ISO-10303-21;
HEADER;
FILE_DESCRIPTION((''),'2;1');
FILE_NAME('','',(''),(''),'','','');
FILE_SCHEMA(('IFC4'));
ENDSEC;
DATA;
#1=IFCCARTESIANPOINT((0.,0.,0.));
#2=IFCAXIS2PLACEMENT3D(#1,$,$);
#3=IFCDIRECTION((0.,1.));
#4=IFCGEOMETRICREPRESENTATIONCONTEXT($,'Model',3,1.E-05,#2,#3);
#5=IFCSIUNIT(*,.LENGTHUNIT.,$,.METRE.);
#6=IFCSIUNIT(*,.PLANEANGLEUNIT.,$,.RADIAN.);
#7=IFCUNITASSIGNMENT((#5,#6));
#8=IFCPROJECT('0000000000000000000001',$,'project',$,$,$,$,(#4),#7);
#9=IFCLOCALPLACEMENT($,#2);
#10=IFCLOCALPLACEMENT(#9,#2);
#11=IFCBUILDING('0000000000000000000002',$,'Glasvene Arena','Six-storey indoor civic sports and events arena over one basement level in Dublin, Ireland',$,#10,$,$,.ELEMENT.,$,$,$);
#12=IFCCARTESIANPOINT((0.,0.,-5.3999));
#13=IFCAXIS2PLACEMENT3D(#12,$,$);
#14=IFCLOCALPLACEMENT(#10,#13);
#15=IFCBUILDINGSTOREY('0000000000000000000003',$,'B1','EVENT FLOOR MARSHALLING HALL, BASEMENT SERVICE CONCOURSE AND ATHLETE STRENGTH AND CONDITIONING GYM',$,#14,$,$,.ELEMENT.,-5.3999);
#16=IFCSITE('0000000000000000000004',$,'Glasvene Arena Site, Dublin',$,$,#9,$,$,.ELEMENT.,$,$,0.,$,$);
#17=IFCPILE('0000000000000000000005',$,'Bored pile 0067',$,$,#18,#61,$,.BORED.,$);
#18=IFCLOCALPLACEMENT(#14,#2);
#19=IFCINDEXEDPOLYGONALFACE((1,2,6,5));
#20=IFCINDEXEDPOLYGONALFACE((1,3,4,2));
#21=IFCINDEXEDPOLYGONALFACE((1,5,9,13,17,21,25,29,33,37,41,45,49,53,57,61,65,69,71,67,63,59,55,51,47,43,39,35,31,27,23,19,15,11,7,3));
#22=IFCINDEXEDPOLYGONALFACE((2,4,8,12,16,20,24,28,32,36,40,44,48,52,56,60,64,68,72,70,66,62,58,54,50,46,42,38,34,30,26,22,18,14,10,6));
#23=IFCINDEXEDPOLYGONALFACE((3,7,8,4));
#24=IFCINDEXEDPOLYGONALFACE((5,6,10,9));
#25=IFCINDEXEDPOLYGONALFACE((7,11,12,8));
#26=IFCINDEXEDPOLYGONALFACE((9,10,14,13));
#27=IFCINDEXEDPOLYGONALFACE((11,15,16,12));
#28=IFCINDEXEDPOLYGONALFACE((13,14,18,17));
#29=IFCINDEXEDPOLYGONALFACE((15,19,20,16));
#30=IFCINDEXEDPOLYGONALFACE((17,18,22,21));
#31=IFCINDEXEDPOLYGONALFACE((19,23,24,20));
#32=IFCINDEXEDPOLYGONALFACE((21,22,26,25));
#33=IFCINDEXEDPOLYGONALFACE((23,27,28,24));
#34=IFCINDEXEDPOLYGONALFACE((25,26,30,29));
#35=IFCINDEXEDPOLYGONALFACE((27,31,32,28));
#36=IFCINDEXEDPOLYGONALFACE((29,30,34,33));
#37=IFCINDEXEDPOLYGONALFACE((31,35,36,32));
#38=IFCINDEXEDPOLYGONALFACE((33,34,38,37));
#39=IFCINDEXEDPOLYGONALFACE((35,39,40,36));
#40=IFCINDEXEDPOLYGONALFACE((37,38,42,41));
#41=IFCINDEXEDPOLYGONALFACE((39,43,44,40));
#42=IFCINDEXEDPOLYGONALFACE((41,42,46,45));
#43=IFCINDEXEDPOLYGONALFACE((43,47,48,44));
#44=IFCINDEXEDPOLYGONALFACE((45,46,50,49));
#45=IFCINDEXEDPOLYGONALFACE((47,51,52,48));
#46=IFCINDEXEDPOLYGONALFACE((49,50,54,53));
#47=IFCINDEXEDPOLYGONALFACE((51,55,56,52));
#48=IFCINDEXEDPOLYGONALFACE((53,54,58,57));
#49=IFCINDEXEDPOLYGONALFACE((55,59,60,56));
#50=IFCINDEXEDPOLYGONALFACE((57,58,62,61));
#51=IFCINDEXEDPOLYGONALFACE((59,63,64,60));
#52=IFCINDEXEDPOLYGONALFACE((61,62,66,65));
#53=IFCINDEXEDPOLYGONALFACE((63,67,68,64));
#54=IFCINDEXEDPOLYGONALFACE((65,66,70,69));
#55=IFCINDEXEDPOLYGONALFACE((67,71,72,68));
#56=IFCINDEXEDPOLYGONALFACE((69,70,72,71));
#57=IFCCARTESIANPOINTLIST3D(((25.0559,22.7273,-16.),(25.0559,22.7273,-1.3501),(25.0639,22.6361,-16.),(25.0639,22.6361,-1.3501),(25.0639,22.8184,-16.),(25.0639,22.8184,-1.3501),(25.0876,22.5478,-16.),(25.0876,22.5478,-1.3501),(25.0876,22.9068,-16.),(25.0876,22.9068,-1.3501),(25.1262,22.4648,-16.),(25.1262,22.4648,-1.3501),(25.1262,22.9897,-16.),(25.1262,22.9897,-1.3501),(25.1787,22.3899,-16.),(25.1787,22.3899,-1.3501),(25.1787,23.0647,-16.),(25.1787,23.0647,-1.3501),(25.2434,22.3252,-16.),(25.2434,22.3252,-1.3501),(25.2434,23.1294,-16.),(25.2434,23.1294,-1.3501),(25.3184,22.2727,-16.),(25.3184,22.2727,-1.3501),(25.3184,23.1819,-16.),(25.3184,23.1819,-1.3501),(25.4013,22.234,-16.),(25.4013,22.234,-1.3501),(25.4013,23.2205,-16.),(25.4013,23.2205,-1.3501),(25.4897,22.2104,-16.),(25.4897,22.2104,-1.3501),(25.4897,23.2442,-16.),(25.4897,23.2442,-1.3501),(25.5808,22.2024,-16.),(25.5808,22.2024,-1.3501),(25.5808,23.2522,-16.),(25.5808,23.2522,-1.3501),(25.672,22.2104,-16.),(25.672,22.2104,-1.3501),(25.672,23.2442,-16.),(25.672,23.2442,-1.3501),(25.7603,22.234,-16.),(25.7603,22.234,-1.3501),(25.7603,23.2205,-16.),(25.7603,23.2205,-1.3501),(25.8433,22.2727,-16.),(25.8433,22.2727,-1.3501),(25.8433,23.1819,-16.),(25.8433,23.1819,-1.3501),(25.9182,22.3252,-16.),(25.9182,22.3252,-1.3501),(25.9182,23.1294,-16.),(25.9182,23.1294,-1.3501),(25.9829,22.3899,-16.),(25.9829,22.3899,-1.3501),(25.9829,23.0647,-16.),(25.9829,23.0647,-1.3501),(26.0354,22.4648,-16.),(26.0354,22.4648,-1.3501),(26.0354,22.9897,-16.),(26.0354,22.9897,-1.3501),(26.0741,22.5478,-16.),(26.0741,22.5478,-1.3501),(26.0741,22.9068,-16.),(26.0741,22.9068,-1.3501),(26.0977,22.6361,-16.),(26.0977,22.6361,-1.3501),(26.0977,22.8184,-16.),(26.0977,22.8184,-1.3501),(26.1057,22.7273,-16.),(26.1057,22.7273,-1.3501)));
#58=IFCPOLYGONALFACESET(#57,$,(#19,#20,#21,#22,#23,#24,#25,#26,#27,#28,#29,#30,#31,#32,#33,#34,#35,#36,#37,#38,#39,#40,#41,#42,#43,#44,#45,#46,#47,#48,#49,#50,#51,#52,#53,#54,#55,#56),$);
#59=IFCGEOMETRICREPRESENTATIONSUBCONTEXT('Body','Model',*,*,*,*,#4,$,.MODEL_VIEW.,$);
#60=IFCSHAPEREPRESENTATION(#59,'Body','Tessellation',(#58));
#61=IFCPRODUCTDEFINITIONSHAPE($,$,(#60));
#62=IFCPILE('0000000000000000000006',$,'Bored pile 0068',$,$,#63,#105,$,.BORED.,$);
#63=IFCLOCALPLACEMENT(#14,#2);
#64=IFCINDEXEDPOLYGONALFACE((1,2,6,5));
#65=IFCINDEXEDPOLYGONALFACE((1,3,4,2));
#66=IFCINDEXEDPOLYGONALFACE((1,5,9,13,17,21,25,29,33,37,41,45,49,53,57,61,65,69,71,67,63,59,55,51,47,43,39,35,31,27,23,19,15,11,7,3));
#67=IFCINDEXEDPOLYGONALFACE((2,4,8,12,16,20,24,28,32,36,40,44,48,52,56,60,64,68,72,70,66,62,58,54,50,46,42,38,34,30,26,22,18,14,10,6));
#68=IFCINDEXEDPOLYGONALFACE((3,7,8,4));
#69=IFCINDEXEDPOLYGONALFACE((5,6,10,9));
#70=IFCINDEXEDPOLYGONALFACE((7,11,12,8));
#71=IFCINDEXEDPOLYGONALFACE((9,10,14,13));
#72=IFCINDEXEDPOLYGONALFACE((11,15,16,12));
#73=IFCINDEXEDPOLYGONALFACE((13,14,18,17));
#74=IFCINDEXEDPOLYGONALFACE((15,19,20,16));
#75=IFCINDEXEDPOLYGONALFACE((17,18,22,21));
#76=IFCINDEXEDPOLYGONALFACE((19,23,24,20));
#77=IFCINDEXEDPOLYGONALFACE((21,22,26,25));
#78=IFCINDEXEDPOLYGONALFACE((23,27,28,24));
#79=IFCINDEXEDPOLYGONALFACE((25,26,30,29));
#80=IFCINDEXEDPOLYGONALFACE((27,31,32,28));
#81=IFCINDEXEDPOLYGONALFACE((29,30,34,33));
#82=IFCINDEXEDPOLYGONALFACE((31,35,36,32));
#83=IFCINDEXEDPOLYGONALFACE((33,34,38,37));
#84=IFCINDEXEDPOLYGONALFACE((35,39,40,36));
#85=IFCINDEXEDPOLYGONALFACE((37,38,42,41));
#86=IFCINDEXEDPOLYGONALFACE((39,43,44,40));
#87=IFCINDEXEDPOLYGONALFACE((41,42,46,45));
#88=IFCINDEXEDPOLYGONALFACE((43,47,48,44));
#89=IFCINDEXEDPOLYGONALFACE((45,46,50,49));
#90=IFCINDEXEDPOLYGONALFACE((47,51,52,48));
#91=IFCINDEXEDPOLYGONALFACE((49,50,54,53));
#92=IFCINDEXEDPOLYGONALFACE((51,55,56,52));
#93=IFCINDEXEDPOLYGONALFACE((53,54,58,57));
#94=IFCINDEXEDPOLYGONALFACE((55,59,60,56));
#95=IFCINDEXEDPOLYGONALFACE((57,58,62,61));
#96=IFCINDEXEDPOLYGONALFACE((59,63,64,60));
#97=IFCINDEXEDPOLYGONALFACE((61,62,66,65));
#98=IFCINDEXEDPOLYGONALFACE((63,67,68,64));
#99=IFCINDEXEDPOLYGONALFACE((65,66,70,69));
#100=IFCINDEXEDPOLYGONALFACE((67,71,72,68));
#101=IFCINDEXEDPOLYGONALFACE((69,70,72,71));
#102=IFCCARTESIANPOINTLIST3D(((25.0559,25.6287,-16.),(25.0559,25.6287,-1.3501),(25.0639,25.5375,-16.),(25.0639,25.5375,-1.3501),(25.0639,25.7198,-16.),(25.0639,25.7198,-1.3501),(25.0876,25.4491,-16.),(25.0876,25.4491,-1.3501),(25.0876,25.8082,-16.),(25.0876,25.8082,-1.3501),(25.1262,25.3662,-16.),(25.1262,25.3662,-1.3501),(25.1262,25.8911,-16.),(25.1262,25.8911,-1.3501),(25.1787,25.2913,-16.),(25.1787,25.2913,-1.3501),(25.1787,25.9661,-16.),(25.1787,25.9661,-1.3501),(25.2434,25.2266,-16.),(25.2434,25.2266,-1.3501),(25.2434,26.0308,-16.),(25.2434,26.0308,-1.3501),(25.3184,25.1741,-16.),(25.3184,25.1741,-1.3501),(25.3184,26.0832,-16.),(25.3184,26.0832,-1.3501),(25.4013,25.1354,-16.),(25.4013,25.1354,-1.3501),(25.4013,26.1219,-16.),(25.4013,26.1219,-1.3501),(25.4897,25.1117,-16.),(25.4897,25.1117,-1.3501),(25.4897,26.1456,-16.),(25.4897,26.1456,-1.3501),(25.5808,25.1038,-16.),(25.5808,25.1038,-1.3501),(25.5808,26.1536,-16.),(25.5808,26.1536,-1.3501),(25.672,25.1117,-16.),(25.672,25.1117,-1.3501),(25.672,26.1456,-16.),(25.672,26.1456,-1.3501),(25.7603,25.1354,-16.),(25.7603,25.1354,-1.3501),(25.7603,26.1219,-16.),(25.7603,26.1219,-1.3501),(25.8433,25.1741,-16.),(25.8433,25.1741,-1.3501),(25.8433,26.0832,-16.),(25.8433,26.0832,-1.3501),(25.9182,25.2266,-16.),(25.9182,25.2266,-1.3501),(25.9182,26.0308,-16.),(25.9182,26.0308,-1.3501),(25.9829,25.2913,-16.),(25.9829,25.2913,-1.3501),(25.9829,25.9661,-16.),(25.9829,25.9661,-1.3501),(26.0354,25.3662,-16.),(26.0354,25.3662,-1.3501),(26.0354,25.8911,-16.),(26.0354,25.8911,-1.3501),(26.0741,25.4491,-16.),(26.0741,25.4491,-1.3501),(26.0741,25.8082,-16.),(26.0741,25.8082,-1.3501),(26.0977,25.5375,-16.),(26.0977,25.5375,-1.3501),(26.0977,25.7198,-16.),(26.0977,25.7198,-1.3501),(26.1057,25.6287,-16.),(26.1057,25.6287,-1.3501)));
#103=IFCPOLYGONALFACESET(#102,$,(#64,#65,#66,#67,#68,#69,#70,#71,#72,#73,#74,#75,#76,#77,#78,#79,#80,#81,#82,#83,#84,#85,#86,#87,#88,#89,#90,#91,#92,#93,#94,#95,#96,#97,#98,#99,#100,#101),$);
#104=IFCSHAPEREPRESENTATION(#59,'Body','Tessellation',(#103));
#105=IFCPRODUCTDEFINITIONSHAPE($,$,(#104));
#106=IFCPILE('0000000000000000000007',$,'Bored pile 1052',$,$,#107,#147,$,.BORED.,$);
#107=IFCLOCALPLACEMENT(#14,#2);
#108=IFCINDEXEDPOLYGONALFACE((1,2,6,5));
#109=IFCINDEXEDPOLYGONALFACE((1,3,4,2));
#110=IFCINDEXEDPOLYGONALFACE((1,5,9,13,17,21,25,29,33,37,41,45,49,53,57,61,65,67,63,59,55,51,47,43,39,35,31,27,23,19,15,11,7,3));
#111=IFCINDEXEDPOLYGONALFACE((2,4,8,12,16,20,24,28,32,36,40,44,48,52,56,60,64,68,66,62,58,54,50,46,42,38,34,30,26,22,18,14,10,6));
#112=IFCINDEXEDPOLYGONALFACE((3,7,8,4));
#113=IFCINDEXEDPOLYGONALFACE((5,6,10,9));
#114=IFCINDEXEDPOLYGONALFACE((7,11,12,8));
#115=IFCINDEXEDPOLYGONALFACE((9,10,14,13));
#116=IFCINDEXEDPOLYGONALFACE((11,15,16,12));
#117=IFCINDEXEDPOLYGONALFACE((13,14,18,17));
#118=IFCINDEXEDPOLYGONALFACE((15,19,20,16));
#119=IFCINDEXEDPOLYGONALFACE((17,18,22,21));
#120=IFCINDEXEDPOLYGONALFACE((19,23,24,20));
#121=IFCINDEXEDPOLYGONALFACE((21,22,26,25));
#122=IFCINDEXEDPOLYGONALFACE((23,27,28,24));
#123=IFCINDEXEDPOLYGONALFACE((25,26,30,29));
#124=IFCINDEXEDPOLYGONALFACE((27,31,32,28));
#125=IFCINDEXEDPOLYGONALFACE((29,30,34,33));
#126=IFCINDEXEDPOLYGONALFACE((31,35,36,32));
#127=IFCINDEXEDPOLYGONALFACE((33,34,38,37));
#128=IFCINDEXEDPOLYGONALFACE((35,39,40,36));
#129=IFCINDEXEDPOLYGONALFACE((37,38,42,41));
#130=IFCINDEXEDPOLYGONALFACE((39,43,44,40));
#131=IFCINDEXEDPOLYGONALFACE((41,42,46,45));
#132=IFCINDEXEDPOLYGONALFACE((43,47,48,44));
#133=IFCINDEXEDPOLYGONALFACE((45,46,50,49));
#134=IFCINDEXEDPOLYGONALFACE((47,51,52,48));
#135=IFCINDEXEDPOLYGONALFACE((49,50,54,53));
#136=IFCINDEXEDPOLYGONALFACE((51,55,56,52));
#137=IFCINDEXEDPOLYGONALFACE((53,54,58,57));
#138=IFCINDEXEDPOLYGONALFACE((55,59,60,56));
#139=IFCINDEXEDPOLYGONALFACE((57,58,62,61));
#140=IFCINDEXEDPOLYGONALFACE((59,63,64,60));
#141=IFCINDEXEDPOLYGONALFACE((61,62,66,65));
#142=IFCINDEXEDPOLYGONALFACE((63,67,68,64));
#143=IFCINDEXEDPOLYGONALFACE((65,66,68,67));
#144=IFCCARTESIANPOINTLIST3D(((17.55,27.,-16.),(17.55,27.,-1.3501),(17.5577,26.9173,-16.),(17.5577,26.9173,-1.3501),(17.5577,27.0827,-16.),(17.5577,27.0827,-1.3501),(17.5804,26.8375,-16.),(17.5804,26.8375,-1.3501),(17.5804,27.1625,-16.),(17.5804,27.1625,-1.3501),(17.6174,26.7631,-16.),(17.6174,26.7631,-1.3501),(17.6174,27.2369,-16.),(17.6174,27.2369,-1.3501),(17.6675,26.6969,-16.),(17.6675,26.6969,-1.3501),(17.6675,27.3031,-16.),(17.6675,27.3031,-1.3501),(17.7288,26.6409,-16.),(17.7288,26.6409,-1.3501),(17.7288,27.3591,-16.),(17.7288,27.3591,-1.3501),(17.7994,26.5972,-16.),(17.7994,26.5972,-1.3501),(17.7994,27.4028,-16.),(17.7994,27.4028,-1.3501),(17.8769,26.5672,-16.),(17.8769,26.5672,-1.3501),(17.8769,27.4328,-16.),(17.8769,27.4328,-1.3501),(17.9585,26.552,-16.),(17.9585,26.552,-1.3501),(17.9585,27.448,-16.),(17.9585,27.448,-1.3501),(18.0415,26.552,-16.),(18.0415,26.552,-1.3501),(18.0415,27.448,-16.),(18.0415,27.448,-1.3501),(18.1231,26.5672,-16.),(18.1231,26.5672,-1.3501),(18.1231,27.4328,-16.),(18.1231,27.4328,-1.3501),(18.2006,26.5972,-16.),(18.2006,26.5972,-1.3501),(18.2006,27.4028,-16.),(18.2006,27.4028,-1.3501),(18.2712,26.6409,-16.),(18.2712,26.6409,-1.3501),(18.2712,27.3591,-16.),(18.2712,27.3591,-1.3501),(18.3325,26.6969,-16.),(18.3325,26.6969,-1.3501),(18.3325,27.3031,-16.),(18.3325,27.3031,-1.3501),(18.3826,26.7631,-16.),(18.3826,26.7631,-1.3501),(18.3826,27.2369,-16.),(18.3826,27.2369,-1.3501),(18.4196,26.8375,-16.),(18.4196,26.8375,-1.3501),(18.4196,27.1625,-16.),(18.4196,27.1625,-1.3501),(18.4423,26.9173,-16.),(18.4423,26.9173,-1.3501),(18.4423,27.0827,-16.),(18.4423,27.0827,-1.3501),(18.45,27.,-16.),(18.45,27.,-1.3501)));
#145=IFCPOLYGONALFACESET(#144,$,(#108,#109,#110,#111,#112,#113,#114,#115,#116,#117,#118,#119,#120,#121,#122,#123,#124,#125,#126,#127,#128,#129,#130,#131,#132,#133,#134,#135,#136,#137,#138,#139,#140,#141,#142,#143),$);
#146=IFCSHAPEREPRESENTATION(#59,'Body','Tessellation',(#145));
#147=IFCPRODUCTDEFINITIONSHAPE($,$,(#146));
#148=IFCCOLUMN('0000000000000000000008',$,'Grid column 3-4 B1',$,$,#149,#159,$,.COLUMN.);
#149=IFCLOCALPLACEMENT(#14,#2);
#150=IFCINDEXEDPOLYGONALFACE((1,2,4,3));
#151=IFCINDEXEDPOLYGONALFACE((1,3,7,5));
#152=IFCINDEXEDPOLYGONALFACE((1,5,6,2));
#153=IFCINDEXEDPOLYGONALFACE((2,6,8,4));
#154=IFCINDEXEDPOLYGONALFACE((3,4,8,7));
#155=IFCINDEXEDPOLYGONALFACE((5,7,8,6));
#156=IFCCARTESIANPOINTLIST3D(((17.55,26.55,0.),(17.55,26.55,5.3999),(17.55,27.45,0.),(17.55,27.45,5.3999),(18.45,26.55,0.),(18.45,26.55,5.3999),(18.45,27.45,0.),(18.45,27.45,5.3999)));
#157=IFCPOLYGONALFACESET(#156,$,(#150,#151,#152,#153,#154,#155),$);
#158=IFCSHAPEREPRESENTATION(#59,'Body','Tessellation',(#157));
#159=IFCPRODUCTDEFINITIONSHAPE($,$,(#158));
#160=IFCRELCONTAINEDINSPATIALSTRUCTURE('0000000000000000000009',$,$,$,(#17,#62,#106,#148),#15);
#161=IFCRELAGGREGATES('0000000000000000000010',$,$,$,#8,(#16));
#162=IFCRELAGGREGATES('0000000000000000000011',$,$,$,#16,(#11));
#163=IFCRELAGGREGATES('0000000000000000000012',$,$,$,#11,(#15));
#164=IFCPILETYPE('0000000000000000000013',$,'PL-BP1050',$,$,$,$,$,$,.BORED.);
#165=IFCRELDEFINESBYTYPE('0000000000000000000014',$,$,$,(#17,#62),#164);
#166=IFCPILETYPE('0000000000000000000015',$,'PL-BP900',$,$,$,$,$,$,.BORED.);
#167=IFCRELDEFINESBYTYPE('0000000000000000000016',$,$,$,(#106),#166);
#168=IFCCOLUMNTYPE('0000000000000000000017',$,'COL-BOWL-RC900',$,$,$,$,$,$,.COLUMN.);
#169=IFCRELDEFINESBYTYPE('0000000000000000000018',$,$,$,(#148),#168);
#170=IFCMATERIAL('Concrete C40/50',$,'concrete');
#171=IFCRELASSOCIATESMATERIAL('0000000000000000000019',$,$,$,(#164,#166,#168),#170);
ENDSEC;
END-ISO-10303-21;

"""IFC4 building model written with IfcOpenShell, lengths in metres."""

from ifc_helpers import new_model, si_unit, direction, frame, origin, origin_2d, place, context, subcontext, project, spatial, rectangle, circle, extrude, material, material_profile, profile_set, type_object, element, save


model = new_model("IFC4")

# Units and contexts
model_context = context("Model", 3, precision=1e-05, world=origin(), true_north=direction((0.0, 1.0)))
body_context = subcontext(model_context, "Body", "Model", "MODEL_VIEW")
ifc_project = project(units=[si_unit("LENGTHUNIT", "METRE"), si_unit("PLANEANGLEUNIT", "RADIAN")], contexts=[model_context])

# Site, building, storey
site_placement = place(None, origin())
site = spatial("IfcSite", under=ifc_project, at=site_placement, Name="Glasvene Arena Site, Dublin", CompositionType="ELEMENT", RefElevation=0.0)
building_placement = place(site_placement, origin())
building = spatial("IfcBuilding", under=site, at=building_placement, Name="Glasvene Arena", Description="Six-storey indoor civic sports and events arena over one basement level in Dublin, Ireland", CompositionType="ELEMENT")
storey_placement = place(building_placement, frame((0.0, 0.0, -5.3999)))
storey = spatial("IfcBuildingStorey", under=building, at=storey_placement, Name="B1", Description="EVENT FLOOR MARSHALLING HALL, BASEMENT SERVICE CONCOURSE AND ATHLETE STRENGTH AND CONDITIONING GYM", CompositionType="ELEMENT", Elevation=-5.3999)

# Shared definitions
ifc_material_1 = material(Name="Concrete C40/50", Category="concrete")

# Piles
ifc_material_profile_1 = material_profile(ifc_material_1, circle(Radius=0.5249, at=origin_2d()), Name="BORED PILE 1050")
ifc_profile_set_1 = profile_set([ifc_material_profile_1], Name="Concrete C40/50")
pile_type_1 = type_object("IfcPileType", Name="PL-BP1050", PredefinedType="BORED", material=ifc_profile_set_1)
for number, where, z_axis, x_axis, name in (
    (1, (25.5808, 22.7273, -1.3501), (0.0, 0.0, -1.0), (1.0, 0.0, 0.0), "Bored pile 0067"),
    (2, (25.5808, 25.6287, -1.3501), (0.0, 0.0, -1.0), (1.0, 0.0, 0.0), "Bored pile 0068"),
):
    element("IfcPile", number, at=place(storey_placement, frame(where, z_axis=z_axis, x_axis=x_axis)), inside=storey, type_object=pile_type_1, Name=name, PredefinedType="BORED", context=body_context, shape_type="SweptSolid", body=[
        extrude(circle(Radius=0.5249, at=origin_2d()), origin(), (0.0, 0.0, 1.0), 14.6499),
    ])
ifc_material_profile_2 = material_profile(ifc_material_1, circle(Radius=0.45, at=origin_2d()), Name="BORED PILE 900")
ifc_profile_set_2 = profile_set([ifc_material_profile_2], Name="Concrete C40/50")
pile_type_2 = type_object("IfcPileType", Name="PL-BP900", PredefinedType="BORED", material=ifc_profile_set_2)
pile_placement = place(storey_placement, frame((18.0, 27.0, -1.3501), z_axis=(0.0, 0.0, -1.0), x_axis=(1.0, 0.0, 0.0)))
element("IfcPile", 3, at=pile_placement, inside=storey, type_object=pile_type_2, Name="Bored pile 1052", PredefinedType="BORED", context=body_context, shape_type="SweptSolid", body=[
    extrude(circle(Radius=0.45, at=origin_2d()), origin(), (0.0, 0.0, 1.0), 14.6499),
])

# Column
ifc_material_profile_3 = material_profile(ifc_material_1, rectangle(XDim=0.8999, YDim=0.8999, at=origin_2d()), Name="RC 900x900")
ifc_profile_set_3 = profile_set([ifc_material_profile_3], Name="Concrete C40/50")
column_type_1 = type_object("IfcColumnType", Name="COL-BOWL-RC900", PredefinedType="COLUMN", material=ifc_profile_set_3)
column_placement = place(storey_placement, frame((18.0, 27.0, 0.0), z_axis=(0.0, 0.0, 1.0), x_axis=(1.0, 0.0, 0.0)))
element("IfcColumn", 4, at=column_placement, inside=storey, type_object=column_type_1, Name="Grid column 3-4 B1", PredefinedType="COLUMN", context=body_context, shape_type="SweptSolid", body=[
    extrude(rectangle(XDim=0.8999, YDim=0.8999, at=origin_2d()), origin(), (0.0, 0.0, 1.0), 5.3999),
])

save(model, "model.ifc")
